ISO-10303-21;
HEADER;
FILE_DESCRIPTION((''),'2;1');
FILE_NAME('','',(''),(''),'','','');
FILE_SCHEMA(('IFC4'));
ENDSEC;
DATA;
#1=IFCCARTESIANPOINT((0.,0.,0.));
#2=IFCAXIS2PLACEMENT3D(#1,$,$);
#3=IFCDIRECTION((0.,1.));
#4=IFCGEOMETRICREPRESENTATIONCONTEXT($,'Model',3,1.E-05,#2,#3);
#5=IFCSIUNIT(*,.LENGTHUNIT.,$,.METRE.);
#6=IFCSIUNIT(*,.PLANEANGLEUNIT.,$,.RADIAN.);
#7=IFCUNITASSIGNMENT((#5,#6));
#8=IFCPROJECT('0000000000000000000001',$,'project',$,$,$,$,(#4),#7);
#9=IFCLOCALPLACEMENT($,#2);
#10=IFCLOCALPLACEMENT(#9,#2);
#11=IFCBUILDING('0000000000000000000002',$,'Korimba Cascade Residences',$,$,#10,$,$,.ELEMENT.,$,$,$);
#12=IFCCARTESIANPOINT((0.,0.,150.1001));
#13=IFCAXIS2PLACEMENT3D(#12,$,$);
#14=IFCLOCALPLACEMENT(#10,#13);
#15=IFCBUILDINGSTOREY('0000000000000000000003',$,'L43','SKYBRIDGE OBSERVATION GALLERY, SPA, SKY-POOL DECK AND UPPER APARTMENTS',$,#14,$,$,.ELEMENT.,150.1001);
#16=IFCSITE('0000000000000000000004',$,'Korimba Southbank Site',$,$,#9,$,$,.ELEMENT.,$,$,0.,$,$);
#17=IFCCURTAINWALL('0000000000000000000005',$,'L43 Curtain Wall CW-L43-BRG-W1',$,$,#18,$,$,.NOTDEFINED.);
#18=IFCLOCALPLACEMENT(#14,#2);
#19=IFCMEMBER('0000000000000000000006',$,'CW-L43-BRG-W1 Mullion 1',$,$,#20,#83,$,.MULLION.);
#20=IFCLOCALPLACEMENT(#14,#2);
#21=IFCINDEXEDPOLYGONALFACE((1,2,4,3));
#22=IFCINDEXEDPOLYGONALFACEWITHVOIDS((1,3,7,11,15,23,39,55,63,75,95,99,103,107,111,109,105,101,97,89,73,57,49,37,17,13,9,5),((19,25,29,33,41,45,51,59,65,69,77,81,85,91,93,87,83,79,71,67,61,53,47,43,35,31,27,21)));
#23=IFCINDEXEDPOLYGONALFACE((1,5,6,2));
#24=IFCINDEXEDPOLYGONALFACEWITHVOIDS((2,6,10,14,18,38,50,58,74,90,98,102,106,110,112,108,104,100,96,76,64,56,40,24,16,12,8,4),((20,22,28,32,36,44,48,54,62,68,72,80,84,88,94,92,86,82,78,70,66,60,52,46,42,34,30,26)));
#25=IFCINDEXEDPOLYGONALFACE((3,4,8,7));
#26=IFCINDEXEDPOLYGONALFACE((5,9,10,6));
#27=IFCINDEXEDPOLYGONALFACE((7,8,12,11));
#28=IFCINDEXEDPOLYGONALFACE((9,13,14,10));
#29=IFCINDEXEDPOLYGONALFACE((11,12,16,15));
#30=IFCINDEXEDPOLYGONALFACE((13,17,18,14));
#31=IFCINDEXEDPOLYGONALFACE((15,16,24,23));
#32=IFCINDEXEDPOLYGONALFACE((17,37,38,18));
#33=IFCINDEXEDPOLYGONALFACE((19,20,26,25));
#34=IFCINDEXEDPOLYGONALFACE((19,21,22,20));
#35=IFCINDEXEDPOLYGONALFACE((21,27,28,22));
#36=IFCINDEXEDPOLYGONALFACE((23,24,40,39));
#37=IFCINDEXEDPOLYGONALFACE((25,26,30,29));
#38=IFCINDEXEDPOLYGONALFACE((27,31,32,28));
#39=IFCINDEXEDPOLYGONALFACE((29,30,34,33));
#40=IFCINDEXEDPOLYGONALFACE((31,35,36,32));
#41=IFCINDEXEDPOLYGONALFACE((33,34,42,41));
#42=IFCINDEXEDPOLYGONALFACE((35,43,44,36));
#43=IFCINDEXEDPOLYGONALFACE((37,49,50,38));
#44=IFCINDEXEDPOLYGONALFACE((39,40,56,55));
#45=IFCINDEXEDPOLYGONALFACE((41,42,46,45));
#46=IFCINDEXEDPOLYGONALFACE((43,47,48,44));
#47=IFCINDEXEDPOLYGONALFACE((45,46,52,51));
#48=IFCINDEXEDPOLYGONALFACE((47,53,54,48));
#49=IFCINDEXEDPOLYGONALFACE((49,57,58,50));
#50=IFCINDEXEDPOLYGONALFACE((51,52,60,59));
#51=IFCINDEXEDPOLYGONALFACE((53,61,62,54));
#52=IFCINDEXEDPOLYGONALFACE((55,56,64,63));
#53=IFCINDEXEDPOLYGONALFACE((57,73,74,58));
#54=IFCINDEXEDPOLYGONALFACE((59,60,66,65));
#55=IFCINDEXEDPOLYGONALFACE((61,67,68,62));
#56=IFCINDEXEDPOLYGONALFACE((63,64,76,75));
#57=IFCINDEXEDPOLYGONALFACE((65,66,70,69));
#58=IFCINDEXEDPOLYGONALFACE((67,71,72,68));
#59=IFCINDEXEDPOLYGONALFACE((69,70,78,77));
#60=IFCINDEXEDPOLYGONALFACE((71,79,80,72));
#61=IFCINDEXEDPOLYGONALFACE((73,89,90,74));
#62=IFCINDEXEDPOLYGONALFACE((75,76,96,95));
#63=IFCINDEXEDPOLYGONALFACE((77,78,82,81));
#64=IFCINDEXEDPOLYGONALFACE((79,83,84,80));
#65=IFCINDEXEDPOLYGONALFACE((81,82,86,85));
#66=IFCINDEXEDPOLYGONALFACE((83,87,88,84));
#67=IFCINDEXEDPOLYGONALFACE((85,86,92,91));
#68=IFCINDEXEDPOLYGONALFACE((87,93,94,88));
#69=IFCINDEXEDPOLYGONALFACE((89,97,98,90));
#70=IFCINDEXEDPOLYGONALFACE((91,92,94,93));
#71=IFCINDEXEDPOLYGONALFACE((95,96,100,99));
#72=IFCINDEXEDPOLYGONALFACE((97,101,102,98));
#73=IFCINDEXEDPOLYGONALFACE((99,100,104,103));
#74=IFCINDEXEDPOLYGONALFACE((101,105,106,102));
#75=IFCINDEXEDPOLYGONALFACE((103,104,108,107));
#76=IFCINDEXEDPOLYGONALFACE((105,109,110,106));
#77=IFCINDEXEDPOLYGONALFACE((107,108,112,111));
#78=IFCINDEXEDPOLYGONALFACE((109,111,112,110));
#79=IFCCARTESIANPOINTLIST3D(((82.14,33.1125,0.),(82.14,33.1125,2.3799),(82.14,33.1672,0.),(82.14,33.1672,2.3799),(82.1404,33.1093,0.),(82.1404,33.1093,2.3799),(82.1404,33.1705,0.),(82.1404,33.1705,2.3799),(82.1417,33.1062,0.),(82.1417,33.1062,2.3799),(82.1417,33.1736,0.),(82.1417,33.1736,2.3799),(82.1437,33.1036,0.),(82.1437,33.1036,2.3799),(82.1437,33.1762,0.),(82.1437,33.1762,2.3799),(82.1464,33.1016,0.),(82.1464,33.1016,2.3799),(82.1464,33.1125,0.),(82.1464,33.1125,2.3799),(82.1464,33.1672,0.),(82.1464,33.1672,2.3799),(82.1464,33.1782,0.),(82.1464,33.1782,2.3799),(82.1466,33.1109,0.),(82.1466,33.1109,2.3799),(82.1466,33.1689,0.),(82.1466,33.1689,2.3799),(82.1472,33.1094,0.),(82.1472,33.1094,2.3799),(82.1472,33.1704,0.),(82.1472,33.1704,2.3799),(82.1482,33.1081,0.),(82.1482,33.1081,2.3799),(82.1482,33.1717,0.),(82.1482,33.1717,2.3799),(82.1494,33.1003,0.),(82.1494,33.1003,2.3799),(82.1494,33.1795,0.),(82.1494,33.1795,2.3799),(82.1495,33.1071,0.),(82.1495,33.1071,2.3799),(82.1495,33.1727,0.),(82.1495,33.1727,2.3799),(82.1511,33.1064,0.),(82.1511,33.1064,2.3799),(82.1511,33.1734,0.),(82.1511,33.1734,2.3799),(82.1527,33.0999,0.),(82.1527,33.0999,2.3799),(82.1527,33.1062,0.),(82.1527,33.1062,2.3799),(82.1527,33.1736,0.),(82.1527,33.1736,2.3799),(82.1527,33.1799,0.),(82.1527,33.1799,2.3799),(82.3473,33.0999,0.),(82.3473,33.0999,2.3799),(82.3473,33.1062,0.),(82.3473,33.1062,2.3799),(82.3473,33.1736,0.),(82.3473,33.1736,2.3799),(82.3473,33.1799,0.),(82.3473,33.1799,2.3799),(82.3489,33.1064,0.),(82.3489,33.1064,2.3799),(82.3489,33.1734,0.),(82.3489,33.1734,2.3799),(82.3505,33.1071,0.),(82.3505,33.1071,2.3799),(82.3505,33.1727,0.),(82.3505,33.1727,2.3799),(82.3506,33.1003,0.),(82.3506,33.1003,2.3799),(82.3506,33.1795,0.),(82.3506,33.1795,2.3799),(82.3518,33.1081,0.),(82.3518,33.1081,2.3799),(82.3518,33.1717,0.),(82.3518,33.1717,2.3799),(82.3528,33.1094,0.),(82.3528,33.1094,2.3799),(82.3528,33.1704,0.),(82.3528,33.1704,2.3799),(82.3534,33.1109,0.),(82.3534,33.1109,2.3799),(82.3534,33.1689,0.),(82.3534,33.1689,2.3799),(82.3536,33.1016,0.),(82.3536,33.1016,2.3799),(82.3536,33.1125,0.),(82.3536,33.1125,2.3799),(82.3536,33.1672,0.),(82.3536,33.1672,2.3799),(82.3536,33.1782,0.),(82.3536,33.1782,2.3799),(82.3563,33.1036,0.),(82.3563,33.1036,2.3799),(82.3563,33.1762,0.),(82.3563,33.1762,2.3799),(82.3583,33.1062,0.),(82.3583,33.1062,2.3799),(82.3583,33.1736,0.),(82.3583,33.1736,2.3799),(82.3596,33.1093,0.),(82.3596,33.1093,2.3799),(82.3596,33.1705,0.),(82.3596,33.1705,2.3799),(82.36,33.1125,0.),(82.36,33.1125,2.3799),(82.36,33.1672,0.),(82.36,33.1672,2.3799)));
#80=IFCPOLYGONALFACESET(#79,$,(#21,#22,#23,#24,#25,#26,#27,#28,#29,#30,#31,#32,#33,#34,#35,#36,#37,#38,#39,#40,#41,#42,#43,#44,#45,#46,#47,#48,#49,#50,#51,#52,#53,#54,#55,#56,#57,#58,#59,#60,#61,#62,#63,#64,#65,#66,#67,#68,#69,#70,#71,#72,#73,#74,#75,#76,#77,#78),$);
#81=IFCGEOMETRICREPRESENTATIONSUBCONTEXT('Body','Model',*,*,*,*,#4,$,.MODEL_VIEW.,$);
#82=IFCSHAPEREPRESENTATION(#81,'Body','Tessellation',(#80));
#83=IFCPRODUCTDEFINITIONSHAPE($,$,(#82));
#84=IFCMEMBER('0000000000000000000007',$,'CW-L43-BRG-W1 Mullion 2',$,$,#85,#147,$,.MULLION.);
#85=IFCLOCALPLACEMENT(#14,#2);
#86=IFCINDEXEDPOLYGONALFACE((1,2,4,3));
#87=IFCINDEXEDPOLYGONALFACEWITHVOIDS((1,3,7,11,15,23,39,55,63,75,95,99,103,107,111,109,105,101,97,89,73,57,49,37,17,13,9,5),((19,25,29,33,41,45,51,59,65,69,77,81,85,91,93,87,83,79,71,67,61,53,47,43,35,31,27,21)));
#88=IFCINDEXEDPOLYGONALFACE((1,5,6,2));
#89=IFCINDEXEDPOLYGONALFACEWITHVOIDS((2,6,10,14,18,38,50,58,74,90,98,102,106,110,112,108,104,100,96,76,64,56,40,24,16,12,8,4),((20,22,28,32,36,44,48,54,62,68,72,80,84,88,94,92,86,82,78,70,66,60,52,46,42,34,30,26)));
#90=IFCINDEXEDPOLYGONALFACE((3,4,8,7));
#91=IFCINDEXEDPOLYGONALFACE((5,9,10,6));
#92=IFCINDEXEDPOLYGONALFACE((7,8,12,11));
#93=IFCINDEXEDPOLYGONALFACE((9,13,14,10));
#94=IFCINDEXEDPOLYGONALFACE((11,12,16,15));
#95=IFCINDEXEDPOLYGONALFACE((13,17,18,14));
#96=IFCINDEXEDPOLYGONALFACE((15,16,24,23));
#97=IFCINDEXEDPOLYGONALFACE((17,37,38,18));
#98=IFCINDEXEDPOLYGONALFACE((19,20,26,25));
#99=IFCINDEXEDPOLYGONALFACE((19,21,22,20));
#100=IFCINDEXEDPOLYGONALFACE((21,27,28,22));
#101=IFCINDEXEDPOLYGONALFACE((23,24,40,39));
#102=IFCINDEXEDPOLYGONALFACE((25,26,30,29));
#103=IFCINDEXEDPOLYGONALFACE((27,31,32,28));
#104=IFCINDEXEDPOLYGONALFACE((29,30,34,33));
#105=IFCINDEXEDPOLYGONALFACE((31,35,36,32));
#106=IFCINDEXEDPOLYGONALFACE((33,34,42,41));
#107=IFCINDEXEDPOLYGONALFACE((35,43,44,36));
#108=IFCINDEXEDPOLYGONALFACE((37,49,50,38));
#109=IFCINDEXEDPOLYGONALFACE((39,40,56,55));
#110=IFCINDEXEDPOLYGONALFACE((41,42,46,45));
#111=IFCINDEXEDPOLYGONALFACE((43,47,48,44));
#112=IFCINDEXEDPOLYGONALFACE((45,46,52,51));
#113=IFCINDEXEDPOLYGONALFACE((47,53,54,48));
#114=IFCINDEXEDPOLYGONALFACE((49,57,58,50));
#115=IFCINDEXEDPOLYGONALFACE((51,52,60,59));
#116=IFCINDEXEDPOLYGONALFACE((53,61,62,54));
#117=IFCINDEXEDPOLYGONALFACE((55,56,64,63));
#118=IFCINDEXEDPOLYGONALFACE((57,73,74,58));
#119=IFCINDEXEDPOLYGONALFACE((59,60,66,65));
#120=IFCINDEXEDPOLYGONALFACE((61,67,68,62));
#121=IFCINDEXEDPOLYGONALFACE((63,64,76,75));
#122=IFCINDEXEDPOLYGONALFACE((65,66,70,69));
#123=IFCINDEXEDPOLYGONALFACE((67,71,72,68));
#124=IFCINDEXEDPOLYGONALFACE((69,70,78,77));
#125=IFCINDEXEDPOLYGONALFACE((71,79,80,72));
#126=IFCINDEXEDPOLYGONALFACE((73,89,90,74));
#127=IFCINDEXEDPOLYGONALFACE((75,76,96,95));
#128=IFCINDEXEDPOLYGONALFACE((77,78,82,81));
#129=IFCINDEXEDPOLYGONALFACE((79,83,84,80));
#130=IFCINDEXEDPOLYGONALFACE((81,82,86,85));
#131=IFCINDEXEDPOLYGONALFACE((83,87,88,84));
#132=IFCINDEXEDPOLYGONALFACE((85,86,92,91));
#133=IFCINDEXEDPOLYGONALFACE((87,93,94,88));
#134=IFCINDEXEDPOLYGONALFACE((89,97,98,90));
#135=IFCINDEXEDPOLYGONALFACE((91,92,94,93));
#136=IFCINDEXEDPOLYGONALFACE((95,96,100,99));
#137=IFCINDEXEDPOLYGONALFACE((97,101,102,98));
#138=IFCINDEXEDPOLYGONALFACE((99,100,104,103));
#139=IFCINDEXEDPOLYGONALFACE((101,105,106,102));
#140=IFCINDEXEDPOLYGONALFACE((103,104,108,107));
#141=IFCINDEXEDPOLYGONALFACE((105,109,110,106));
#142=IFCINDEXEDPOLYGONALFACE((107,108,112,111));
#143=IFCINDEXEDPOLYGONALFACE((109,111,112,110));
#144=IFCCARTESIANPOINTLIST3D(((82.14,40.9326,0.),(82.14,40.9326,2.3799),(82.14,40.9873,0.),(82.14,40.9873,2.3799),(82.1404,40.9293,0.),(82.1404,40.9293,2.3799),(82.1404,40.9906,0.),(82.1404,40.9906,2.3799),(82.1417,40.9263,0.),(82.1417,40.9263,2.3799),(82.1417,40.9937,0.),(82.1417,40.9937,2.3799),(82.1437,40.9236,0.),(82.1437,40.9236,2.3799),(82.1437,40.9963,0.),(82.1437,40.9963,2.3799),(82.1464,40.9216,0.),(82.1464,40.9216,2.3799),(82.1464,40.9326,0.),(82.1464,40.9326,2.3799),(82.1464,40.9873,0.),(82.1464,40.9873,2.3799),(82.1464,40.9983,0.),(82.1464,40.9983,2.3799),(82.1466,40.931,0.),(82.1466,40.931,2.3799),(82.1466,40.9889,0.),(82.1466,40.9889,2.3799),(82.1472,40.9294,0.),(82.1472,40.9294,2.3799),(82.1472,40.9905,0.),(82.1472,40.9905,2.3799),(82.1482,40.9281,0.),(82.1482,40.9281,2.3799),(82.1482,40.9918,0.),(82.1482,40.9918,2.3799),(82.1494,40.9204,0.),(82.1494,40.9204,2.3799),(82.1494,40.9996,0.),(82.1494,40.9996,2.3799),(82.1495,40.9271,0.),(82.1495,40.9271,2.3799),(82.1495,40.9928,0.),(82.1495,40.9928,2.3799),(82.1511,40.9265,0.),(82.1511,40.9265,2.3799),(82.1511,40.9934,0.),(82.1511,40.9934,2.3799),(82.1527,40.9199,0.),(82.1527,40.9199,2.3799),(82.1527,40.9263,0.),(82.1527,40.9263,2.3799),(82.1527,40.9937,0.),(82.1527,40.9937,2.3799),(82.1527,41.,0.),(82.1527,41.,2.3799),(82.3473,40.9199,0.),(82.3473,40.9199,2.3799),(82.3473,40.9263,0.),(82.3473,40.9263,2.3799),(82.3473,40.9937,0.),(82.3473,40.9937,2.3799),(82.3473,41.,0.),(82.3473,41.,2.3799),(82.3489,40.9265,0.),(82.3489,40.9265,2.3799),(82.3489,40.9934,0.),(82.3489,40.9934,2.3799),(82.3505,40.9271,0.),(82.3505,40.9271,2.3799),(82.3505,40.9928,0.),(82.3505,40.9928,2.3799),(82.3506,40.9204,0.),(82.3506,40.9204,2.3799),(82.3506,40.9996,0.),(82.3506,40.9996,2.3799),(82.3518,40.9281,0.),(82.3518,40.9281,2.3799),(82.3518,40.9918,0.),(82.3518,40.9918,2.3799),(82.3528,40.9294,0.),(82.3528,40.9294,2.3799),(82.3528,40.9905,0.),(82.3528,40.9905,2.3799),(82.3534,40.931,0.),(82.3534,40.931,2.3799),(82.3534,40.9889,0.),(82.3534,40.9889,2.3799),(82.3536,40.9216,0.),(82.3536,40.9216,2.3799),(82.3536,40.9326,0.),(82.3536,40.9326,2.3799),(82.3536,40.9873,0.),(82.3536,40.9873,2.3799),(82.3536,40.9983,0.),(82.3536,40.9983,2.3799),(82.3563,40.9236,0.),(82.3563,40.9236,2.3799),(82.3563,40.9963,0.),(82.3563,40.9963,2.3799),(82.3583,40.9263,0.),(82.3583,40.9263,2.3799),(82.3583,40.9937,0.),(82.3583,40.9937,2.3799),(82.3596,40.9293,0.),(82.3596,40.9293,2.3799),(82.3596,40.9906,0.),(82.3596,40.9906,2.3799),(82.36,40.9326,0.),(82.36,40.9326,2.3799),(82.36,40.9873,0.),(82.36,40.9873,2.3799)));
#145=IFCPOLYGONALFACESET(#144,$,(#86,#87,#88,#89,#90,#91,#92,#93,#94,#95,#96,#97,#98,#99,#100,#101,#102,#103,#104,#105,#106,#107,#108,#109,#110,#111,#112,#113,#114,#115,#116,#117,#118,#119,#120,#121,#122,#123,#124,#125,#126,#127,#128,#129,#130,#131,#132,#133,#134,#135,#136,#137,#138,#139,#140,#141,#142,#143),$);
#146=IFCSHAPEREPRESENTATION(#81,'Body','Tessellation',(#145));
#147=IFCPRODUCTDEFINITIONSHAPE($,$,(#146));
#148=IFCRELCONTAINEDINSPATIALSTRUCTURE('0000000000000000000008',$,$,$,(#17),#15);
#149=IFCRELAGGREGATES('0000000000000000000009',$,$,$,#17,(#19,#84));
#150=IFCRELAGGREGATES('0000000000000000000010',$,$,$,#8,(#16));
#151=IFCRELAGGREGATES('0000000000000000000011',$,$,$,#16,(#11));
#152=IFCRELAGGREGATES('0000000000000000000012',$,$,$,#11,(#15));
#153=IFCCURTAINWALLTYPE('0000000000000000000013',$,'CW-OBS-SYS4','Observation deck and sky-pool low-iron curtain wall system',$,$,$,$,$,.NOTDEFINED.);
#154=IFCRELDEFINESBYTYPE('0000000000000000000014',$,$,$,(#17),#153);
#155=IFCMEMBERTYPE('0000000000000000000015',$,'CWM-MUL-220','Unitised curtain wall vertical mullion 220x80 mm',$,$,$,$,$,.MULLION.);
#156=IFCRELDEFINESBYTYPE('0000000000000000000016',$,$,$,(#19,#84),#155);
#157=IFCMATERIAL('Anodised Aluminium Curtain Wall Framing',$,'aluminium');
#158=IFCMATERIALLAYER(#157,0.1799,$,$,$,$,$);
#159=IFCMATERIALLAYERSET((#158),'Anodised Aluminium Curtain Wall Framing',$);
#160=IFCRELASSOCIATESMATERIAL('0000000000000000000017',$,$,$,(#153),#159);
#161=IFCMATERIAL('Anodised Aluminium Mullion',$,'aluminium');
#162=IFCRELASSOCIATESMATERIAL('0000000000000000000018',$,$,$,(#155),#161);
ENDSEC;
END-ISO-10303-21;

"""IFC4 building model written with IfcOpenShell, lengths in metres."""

from ifc_helpers import new_model, si_unit, direction, frame, origin, origin_2d, place, context, subcontext, project, spatial, hollow_rectangle, extrude, material, layer, layer_set, material_profile, profile_set, type_object, element, aggregate, save


model = new_model("IFC4")

# Units and contexts
model_context = context("Model", 3, precision=1e-05, world=origin(), true_north=direction((0.0, 1.0)))
body_context = subcontext(model_context, "Body", "Model", "MODEL_VIEW")
ifc_project = project(units=[si_unit("LENGTHUNIT", "METRE"), si_unit("PLANEANGLEUNIT", "RADIAN")], contexts=[model_context])

# Site, building, storey
site_placement = place(None, origin())
site = spatial("IfcSite", under=ifc_project, at=site_placement, Name="Korimba Southbank Site", CompositionType="ELEMENT", RefElevation=0.0)
building_placement = place(site_placement, origin())
building = spatial("IfcBuilding", under=site, at=building_placement, Name="Korimba Cascade Residences", CompositionType="ELEMENT")
storey_placement = place(building_placement, frame((0.0, 0.0, 150.1001)))
storey = spatial("IfcBuildingStorey", under=building, at=storey_placement, Name="L43", Description="SKYBRIDGE OBSERVATION GALLERY, SPA, SKY-POOL DECK AND UPPER APARTMENTS", CompositionType="ELEMENT", Elevation=150.1001)

# Curtain wall, members
ifc_material_1 = material(Name="Anodised Aluminium Curtain Wall Framing", Category="aluminium")
ifc_layer_1 = layer(ifc_material_1, 0.1799)
ifc_layer_set_1 = layer_set([ifc_layer_1], Name="Anodised Aluminium Curtain Wall Framing")
curtain_wall_type = type_object("IfcCurtainWallType", Name="CW-OBS-SYS4", Description="Observation deck and sky-pool low-iron curtain wall system", PredefinedType="NOTDEFINED", material=ifc_layer_set_1)
curtain_wall_placement = place(storey_placement, origin())
curtain_wall = element("IfcCurtainWall", 1, at=curtain_wall_placement, inside=storey, type_object=curtain_wall_type, Name="L43 Curtain Wall CW-L43-BRG-W1", PredefinedType="NOTDEFINED")
ifc_material_2 = material(Name="Anodised Aluminium Mullion", Category="aluminium")
ifc_material_profile_1 = material_profile(ifc_material_2, hollow_rectangle(XDim=0.0801, YDim=0.22, WallThickness=0.0063, InnerFilletRadius=0.0063, OuterFilletRadius=0.0127, at=origin_2d()), Name="Anodised Aluminium Mullion")
ifc_profile_set_1 = profile_set([ifc_material_profile_1], Name="Anodised Aluminium Mullion")
member_type_1 = type_object("IfcMemberType", Name="CWM-MUL-220", Description="Unitised curtain wall vertical mullion 220x80 mm", PredefinedType="MULLION", material=ifc_profile_set_1)
member_1_placement = place(storey_placement, frame((82.25, 33.1399, 0.0), z_axis=(0.0, 0.0, 1.0), x_axis=(0.0, 1.0, 0.0)))
member_1 = element("IfcMember", 2, at=member_1_placement, type_object=member_type_1, Name="CW-L43-BRG-W1 Mullion 1", PredefinedType="MULLION", context=body_context, shape_type="SweptSolid", body=[
    extrude(hollow_rectangle(XDim=0.0801, YDim=0.22, WallThickness=0.0063, InnerFilletRadius=0.0063, OuterFilletRadius=0.0127, at=origin_2d()), origin(), (0.0, 0.0, 1.0), 2.3799),
])
member_2_placement = place(storey_placement, frame((82.25, 40.96, 0.0), z_axis=(0.0, 0.0, 1.0), x_axis=(0.0, 1.0, 0.0)))
member_2 = element("IfcMember", 3, at=member_2_placement, type_object=member_type_1, Name="CW-L43-BRG-W1 Mullion 2", PredefinedType="MULLION", context=body_context, shape_type="SweptSolid", body=[
    extrude(hollow_rectangle(XDim=0.0801, YDim=0.22, WallThickness=0.0063, InnerFilletRadius=0.0063, OuterFilletRadius=0.0127, at=origin_2d()), origin(), (0.0, 0.0, 1.0), 2.3799),
])

aggregate(curtain_wall, [member_1, member_2])

save(model, "model.ifc")
